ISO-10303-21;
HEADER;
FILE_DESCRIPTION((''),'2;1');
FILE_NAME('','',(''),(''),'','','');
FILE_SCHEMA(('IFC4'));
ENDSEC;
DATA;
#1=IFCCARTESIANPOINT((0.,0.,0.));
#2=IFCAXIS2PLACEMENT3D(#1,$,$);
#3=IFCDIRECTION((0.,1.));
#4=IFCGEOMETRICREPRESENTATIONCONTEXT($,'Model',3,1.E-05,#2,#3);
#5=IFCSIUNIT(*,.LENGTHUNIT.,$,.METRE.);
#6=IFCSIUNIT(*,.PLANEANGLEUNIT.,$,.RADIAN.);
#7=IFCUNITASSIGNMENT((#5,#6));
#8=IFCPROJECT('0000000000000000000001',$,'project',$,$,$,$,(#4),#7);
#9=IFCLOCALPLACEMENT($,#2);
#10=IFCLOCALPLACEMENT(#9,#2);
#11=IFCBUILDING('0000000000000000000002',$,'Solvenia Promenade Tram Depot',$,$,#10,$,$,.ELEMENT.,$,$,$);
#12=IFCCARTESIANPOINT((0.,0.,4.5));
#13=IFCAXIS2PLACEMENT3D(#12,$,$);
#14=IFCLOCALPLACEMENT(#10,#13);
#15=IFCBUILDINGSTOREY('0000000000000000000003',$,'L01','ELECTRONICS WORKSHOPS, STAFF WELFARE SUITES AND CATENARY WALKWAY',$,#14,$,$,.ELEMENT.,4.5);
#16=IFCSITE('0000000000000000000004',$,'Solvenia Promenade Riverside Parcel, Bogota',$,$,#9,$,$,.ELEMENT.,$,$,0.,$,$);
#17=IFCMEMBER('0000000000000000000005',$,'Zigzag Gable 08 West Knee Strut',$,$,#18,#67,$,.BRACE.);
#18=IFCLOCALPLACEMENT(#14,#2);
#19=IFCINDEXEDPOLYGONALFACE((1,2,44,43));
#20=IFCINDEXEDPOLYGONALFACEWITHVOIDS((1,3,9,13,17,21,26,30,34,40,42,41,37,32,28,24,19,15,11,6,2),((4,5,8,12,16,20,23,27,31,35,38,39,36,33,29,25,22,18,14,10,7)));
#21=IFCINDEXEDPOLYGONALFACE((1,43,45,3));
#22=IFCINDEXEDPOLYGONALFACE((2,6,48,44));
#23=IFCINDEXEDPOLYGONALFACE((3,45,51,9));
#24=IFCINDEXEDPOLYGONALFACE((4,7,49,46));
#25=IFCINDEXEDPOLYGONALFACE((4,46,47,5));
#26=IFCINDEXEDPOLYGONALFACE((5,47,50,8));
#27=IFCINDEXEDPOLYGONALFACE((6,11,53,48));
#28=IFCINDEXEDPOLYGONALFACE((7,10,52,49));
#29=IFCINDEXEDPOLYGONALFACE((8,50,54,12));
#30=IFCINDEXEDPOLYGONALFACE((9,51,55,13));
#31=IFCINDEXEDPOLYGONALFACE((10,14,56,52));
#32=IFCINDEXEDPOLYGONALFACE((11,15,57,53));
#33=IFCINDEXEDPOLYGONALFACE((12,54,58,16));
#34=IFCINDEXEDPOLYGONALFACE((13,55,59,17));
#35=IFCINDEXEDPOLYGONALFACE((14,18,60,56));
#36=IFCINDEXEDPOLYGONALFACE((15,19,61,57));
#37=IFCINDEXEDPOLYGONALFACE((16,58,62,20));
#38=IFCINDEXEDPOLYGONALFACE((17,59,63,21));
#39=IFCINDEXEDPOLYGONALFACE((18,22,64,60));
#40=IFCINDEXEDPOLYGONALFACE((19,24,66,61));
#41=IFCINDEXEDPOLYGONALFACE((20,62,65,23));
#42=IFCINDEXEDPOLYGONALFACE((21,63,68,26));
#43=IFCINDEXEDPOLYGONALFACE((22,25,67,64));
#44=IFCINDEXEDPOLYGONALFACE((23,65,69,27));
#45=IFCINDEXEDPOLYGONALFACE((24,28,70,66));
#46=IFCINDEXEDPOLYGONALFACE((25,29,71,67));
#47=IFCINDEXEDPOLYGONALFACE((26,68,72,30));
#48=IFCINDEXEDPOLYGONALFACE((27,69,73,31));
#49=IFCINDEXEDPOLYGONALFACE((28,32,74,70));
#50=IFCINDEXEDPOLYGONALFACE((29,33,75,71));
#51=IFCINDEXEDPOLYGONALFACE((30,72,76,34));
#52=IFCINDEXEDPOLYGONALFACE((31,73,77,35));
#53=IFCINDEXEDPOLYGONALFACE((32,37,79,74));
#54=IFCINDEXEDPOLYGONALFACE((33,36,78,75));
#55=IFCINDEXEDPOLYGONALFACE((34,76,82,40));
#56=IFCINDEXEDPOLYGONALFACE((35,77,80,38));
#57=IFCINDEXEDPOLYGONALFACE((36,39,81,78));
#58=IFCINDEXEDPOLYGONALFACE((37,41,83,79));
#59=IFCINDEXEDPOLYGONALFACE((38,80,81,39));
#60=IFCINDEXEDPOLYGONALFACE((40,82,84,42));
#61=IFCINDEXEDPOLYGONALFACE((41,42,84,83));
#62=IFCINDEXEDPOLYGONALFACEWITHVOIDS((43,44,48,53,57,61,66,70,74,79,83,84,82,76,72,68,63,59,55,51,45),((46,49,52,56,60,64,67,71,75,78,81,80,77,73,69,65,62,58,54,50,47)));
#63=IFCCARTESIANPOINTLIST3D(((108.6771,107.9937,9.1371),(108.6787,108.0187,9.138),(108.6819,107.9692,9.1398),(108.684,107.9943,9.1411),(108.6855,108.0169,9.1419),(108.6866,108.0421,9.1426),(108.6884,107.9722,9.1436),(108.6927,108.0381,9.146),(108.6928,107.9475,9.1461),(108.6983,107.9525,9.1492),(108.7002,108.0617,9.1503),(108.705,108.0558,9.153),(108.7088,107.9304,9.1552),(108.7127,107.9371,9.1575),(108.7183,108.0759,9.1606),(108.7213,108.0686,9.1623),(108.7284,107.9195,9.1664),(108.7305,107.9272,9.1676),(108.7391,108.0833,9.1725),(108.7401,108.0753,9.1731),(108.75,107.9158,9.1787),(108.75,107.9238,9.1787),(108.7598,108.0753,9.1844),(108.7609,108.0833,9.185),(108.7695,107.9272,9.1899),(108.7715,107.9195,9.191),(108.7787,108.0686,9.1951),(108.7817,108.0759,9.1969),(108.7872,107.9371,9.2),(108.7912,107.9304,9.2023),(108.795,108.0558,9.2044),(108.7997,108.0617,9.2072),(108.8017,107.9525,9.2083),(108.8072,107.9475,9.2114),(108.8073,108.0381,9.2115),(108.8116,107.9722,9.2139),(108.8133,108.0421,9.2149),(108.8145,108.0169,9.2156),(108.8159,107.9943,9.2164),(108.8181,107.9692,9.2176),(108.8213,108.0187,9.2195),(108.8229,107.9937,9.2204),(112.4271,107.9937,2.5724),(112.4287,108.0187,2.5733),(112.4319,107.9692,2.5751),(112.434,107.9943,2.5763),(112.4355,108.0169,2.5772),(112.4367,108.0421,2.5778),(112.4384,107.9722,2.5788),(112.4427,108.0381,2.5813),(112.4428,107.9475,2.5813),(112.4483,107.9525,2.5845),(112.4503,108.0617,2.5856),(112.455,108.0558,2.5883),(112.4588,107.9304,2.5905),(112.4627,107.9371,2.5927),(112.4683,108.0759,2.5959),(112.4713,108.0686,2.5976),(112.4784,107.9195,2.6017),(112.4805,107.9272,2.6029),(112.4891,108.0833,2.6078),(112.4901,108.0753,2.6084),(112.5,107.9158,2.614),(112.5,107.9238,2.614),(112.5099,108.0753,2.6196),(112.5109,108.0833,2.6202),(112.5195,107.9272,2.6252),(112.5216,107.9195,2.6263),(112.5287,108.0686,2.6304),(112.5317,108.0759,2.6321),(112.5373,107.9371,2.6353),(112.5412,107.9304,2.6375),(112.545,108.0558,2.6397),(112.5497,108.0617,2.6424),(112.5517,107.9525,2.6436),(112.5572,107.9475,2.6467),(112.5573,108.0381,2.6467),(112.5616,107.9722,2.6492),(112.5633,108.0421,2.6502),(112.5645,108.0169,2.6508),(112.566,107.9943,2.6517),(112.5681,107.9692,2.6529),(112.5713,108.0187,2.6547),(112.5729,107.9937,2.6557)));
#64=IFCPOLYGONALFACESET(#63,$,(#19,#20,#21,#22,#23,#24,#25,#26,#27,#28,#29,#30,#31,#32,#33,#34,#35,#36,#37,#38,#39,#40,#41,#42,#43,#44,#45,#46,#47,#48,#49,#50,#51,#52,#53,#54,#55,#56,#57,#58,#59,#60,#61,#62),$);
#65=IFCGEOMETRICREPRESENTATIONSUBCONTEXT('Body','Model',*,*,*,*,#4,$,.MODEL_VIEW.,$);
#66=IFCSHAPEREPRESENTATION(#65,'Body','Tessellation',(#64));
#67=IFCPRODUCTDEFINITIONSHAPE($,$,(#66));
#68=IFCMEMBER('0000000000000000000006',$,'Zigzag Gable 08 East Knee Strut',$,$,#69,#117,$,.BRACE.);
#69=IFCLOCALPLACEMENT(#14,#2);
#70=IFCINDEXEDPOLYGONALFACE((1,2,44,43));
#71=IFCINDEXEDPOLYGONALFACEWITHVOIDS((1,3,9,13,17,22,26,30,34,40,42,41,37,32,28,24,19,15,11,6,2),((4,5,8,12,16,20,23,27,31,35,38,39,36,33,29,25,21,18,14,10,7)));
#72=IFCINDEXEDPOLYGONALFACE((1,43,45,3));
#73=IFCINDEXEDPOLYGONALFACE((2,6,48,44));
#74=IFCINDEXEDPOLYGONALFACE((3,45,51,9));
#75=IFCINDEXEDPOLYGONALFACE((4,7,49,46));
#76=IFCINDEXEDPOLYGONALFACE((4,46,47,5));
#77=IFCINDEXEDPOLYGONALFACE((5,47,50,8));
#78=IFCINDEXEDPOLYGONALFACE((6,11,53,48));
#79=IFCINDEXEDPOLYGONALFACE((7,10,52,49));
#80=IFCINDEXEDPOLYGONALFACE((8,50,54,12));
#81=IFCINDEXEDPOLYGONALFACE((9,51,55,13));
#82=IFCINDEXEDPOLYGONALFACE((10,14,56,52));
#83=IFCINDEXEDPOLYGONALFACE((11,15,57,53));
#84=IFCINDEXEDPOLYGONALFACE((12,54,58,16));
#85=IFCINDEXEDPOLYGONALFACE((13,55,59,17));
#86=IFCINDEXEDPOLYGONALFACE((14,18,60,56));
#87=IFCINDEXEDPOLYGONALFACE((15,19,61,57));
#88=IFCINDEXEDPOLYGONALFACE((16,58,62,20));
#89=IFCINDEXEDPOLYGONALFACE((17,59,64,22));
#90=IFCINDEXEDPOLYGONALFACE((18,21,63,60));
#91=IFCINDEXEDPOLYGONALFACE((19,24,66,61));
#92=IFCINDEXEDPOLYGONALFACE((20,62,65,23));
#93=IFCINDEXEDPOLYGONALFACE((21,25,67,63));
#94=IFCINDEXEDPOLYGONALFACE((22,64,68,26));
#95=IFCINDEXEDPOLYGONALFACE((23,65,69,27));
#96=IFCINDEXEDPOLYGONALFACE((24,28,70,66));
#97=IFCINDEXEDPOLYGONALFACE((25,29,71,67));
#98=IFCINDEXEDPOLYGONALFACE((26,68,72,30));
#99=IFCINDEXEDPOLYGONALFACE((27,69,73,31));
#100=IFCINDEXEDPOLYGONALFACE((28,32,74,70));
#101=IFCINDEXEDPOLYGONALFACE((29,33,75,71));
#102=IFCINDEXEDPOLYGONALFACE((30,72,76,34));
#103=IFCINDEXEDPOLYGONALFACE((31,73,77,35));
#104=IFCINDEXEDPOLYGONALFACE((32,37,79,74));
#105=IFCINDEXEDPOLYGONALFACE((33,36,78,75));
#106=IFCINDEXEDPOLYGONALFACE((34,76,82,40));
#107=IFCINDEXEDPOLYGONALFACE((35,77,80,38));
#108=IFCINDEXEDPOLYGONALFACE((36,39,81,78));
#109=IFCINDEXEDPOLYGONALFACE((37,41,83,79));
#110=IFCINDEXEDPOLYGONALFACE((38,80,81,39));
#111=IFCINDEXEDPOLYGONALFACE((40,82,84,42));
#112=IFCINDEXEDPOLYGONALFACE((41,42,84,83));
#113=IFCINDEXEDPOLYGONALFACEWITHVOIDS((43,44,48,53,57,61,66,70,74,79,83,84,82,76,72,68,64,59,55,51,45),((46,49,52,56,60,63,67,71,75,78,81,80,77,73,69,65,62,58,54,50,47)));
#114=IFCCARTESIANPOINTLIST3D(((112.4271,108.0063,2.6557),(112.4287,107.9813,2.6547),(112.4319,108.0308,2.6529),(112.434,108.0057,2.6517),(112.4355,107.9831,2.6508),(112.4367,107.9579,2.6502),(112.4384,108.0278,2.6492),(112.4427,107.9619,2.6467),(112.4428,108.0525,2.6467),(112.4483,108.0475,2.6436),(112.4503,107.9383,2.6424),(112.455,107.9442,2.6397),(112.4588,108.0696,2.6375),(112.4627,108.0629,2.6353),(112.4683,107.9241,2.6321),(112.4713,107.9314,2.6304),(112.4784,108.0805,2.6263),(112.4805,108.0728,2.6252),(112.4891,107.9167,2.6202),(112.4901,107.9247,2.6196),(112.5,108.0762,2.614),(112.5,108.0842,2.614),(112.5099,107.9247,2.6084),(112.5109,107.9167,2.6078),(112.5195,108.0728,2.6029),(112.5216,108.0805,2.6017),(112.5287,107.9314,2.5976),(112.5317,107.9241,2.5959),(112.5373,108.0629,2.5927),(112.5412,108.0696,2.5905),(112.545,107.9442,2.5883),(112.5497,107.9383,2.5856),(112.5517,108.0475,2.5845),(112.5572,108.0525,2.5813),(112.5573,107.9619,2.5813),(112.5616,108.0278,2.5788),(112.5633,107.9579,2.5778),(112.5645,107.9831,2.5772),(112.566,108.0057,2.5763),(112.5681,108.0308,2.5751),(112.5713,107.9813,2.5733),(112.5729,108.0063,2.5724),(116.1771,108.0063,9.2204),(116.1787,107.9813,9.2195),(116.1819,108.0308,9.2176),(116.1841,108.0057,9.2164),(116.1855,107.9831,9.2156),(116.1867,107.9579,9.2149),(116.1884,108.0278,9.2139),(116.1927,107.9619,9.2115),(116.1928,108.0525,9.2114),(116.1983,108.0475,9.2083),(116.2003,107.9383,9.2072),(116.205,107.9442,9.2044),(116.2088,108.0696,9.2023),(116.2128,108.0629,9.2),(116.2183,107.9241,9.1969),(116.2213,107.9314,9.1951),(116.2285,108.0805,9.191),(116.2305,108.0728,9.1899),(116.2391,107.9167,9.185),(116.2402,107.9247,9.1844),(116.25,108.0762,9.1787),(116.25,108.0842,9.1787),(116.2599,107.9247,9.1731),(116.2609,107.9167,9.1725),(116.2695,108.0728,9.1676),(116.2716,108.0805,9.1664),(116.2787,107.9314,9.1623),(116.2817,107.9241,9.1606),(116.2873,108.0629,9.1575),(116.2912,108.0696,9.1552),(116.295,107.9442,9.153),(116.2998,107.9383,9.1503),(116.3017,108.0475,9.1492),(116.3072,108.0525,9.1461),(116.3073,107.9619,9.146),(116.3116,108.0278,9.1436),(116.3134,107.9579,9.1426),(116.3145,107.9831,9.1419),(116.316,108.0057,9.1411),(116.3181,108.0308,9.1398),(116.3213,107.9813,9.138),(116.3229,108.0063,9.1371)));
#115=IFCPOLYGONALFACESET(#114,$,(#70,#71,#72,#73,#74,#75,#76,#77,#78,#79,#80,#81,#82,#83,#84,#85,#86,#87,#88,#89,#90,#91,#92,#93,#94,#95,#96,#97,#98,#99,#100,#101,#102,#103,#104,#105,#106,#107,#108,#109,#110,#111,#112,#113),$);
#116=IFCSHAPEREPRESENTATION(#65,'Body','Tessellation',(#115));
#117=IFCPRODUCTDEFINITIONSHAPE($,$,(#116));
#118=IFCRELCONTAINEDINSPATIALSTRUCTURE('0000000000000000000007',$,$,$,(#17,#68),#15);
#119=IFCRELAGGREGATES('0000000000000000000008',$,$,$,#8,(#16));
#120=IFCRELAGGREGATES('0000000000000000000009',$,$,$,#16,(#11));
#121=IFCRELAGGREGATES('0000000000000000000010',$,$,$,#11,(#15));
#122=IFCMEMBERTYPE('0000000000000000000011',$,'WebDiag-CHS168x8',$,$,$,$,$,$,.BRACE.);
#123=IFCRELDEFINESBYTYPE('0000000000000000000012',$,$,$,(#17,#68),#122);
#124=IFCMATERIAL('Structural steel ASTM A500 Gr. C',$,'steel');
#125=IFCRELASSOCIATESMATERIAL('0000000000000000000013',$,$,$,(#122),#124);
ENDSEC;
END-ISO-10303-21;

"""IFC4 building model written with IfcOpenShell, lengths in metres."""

from ifc_helpers import new_model, si_unit, direction, frame, origin, origin_2d, place, context, subcontext, project, spatial, hollow_circle, extrude, material, material_profile, profile_set, type_object, element, save


model = new_model("IFC4")

# Units and contexts
model_context = context("Model", 3, precision=1e-05, world=origin(), true_north=direction((0.0, 1.0)))
body_context = subcontext(model_context, "Body", "Model", "MODEL_VIEW")
ifc_project = project(units=[si_unit("LENGTHUNIT", "METRE"), si_unit("PLANEANGLEUNIT", "RADIAN")], contexts=[model_context])

# Site, building, storey
site_placement = place(None, origin())
site = spatial("IfcSite", under=ifc_project, at=site_placement, Name="Solvenia Promenade Riverside Parcel, Bogota", CompositionType="ELEMENT", RefElevation=0.0)
building_placement = place(site_placement, origin())
building = spatial("IfcBuilding", under=site, at=building_placement, Name="Solvenia Promenade Tram Depot", CompositionType="ELEMENT")
storey_placement = place(building_placement, frame((0.0, 0.0, 4.5)))
storey = spatial("IfcBuildingStorey", under=building, at=storey_placement, Name="L01", Description="ELECTRONICS WORKSHOPS, STAFF WELFARE SUITES AND CATENARY WALKWAY", CompositionType="ELEMENT", Elevation=4.5)

# Shared definitions
ifc_material_1 = material(Name="Structural steel ASTM A500 Gr. C", Category="steel")

# Members
ifc_material_profile_1 = material_profile(ifc_material_1, hollow_circle(Radius=0.0842, WallThickness=0.0081, at=origin_2d()), Name="CHS168.3x8", Category="steel")
ifc_profile_set_1 = profile_set([ifc_material_profile_1], Name="Structural steel ASTM A500 Gr. C")
member_type_1 = type_object("IfcMemberType", Name="WebDiag-CHS168x8", PredefinedType="BRACE", material=ifc_profile_set_1)
for number, where, z_axis, x_axis, name in (
    (1, (112.5, 108.0, 2.614), (-0.496014, 0.0, 0.868315), (0.0, -1.0, 0.0), "Zigzag Gable 08 West Knee Strut"),
    (2, (112.5, 108.0, 2.614), (0.496014, 0.0, 0.868315), (0.0, 1.0, 0.0), "Zigzag Gable 08 East Knee Strut"),
):
    element("IfcMember", number, at=place(storey_placement, frame(where, z_axis=z_axis, x_axis=x_axis)), inside=storey, type_object=member_type_1, Name=name, PredefinedType="BRACE", context=body_context, shape_type="SweptSolid", body=[
        extrude(hollow_circle(Radius=0.0842, WallThickness=0.0081, at=origin_2d()), origin(), (0.0, 0.0, 1.0), 7.5603),
    ])

save(model, "model.ifc")
